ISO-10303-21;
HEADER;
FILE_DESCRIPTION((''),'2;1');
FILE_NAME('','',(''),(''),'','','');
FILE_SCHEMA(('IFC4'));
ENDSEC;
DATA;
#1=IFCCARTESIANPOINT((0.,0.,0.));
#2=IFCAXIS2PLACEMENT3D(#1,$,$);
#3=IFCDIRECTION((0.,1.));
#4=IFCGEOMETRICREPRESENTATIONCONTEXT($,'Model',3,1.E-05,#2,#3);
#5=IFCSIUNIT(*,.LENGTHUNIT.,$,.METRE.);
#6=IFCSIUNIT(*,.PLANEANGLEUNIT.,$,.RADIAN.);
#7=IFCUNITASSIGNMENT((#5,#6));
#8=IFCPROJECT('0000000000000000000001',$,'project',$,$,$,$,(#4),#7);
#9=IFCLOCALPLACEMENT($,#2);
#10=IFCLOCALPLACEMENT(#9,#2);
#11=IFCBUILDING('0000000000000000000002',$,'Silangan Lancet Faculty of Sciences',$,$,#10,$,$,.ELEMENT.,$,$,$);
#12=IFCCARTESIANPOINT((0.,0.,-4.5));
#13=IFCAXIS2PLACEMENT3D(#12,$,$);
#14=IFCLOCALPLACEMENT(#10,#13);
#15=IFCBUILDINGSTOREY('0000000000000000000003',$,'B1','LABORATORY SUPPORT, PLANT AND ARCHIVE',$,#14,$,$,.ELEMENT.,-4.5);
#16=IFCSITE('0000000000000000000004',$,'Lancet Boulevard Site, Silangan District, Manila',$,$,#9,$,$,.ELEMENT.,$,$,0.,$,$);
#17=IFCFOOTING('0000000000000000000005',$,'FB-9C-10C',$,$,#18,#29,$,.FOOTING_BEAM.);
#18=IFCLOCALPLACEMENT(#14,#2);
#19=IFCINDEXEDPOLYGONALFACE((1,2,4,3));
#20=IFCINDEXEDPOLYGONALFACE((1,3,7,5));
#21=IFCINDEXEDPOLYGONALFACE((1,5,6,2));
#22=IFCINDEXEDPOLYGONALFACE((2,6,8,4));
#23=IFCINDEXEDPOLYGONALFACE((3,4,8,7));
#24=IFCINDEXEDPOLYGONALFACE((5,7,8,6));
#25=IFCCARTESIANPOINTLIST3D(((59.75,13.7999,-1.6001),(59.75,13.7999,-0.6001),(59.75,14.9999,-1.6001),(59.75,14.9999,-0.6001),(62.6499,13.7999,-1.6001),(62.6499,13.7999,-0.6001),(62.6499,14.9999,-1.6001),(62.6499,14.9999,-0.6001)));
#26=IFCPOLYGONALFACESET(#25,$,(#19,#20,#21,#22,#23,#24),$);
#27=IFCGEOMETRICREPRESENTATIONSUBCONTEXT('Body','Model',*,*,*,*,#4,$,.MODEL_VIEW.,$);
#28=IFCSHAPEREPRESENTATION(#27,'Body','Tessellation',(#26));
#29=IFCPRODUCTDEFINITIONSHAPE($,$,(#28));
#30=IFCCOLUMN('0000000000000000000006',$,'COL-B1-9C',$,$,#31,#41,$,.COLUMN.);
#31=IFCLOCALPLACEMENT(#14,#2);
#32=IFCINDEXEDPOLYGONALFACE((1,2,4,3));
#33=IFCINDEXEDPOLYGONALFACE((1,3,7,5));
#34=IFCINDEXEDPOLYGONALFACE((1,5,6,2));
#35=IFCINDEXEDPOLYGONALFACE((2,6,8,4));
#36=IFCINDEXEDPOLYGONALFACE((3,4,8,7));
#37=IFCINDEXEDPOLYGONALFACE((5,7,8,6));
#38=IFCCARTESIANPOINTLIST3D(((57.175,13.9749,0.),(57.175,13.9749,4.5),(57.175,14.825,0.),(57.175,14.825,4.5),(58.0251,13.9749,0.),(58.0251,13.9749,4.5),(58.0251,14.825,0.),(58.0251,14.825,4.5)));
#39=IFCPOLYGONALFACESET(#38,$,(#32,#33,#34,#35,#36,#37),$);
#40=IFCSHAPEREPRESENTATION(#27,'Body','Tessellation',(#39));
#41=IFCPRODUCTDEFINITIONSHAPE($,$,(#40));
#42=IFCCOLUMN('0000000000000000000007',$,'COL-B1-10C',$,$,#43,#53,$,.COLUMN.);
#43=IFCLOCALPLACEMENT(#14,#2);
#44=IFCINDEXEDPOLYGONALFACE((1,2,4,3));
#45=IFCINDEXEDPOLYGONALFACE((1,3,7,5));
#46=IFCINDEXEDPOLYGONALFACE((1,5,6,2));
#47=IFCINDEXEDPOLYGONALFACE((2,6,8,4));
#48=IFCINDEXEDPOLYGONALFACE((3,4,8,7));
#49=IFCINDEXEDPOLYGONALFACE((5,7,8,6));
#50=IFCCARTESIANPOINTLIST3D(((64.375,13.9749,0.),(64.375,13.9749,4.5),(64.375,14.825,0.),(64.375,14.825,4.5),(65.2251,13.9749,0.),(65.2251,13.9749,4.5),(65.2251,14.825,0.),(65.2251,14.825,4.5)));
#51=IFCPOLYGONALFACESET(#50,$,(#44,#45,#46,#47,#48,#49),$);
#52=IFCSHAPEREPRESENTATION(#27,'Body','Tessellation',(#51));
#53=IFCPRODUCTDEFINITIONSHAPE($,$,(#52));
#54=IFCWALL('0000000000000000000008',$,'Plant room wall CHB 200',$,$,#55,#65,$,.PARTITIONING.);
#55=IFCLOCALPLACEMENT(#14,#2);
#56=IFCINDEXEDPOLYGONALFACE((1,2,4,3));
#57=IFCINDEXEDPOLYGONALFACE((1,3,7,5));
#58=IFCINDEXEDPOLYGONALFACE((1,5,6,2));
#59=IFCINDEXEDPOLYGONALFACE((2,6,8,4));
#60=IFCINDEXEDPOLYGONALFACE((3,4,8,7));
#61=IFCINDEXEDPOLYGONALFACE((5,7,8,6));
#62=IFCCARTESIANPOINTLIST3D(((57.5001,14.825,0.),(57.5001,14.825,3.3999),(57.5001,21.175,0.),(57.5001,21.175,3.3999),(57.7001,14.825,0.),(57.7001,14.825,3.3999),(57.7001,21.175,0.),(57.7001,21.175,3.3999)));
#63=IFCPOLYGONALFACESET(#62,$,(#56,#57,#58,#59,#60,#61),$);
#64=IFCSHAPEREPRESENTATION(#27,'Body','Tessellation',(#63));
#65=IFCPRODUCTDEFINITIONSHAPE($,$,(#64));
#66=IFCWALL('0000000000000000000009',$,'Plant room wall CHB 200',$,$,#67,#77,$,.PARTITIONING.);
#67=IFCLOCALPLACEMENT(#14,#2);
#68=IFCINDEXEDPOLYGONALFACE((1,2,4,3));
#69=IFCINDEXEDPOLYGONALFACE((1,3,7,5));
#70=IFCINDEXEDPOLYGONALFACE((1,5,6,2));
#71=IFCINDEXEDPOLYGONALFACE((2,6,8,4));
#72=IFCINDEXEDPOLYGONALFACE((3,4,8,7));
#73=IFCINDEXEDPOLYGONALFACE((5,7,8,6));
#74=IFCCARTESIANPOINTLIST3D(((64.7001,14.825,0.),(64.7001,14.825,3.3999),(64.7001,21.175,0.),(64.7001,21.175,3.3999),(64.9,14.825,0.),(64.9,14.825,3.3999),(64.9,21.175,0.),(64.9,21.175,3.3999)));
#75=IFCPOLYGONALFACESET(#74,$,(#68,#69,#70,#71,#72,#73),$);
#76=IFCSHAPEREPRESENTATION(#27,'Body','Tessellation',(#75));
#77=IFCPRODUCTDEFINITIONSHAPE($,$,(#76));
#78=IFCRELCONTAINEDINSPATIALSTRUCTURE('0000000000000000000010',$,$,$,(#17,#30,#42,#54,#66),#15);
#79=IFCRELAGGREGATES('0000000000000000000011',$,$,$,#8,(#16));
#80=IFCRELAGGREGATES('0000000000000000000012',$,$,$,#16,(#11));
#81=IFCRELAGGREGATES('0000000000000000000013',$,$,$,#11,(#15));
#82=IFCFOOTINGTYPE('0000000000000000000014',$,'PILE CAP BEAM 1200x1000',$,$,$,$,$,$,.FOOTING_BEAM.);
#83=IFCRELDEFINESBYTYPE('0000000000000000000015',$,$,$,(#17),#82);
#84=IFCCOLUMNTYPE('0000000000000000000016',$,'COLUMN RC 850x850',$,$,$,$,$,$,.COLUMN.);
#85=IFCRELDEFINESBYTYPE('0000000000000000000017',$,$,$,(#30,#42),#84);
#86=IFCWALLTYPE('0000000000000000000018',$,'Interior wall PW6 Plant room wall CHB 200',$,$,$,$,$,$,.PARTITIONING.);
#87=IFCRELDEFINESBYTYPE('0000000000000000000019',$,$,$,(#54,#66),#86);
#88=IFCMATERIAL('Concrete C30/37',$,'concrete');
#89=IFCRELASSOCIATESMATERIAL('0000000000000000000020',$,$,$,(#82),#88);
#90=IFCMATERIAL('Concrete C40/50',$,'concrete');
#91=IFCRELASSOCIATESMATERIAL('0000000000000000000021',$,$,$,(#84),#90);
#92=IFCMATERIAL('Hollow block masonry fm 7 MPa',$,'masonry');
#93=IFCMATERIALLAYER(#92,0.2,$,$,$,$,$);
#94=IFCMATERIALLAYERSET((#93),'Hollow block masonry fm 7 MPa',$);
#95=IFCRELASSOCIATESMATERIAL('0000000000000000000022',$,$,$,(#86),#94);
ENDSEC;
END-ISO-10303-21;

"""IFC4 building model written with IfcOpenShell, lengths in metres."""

from ifc_helpers import new_model, si_unit, direction, frame, frame_2d, origin, origin_2d, place, context, subcontext, project, spatial, rectangle, extrude, material, layer, layer_set, material_profile, profile_set, type_object, element, save


model = new_model("IFC4")

# Units and contexts
model_context = context("Model", 3, precision=1e-05, world=origin(), true_north=direction((0.0, 1.0)))
body_context = subcontext(model_context, "Body", "Model", "MODEL_VIEW")
ifc_project = project(units=[si_unit("LENGTHUNIT", "METRE"), si_unit("PLANEANGLEUNIT", "RADIAN")], contexts=[model_context])

# Site, building, storey
site_placement = place(None, origin())
site = spatial("IfcSite", under=ifc_project, at=site_placement, Name="Lancet Boulevard Site, Silangan District, Manila", CompositionType="ELEMENT", RefElevation=0.0)
building_placement = place(site_placement, origin())
building = spatial("IfcBuilding", under=site, at=building_placement, Name="Silangan Lancet Faculty of Sciences", CompositionType="ELEMENT")
storey_placement = place(building_placement, frame((0.0, 0.0, -4.5)))
storey = spatial("IfcBuildingStorey", under=building, at=storey_placement, Name="B1", Description="LABORATORY SUPPORT, PLANT AND ARCHIVE", CompositionType="ELEMENT", Elevation=-4.5)

# Footing
ifc_material_1 = material(Name="Concrete C30/37", Category="concrete")
footing_type_1 = type_object("IfcFootingType", Name="PILE CAP BEAM 1200x1000", PredefinedType="FOOTING_BEAM", material=ifc_material_1)
footing_1_placement = place(storey_placement, frame((61.2, 14.3999, -1.6001), z_axis=(0.0, 0.0, 1.0), x_axis=(1.0, 0.0, 0.0)))
element("IfcFooting", 1, at=footing_1_placement, inside=storey, type_object=footing_type_1, Name="FB-9C-10C", PredefinedType="FOOTING_BEAM", context=body_context, shape_type="SweptSolid", body=[
    extrude(rectangle(XDim=2.8999, YDim=1.2, at=origin_2d()), origin(), (0.0, 0.0, 1.0), 1.0),
])

# Columns
ifc_material_2 = material(Name="Concrete C40/50", Category="concrete")
ifc_material_profile_1 = material_profile(ifc_material_2, rectangle(XDim=0.8501, YDim=0.8501, at=origin_2d()), Name="RC 850x850")
ifc_profile_set_1 = profile_set([ifc_material_profile_1], Name="Concrete C40/50")
column_type = type_object("IfcColumnType", Name="COLUMN RC 850x850", PredefinedType="COLUMN", material=ifc_profile_set_1)
for number, where, z_axis, x_axis, name in (
    (2, (57.6001, 14.3999, 0.0), (0.0, 0.0, 1.0), (1.0, 0.0, 0.0), "COL-B1-9C"),
    (3, (64.8, 14.3999, 0.0), (0.0, 0.0, 1.0), (1.0, 0.0, 0.0), "COL-B1-10C"),
):
    element("IfcColumn", number, at=place(storey_placement, frame(where, z_axis=z_axis, x_axis=x_axis)), inside=storey, type_object=column_type, Name=name, PredefinedType="COLUMN", context=body_context, shape_type="SweptSolid", body=[
        extrude(rectangle(XDim=0.8501, YDim=0.8501, at=origin_2d()), origin(), (0.0, 0.0, 1.0), 4.5),
    ])

# Walls
ifc_material_3 = material(Name="Hollow block masonry fm 7 MPa", Category="masonry")
ifc_layer = layer(ifc_material_3, 0.2)
ifc_layer_set = layer_set([ifc_layer], Name="Hollow block masonry fm 7 MPa")
wall_type = type_object("IfcWallType", Name="Interior wall PW6 Plant room wall CHB 200", PredefinedType="PARTITIONING", material=ifc_layer_set)
for number, where, z_axis, x_axis, name in (
    (4, (57.6001, 14.825, 0.0), (0.0, 0.0, 1.0), (0.0, 1.0, 0.0), "Plant room wall CHB 200"),
    (5, (64.8, 14.825, 0.0), (0.0, 0.0, 1.0), (0.0, 1.0, 0.0), "Plant room wall CHB 200"),
):
    element("IfcWall", number, at=place(storey_placement, frame(where, z_axis=z_axis, x_axis=x_axis)), inside=storey, type_object=wall_type, Name=name, PredefinedType="PARTITIONING", context=body_context, shape_type="SweptSolid", body=[
        extrude(rectangle(XDim=6.3501, YDim=0.2, at=frame_2d((3.175, 0.0))), origin(), (0.0, 0.0, 1.0), 3.3999),
    ])

save(model, "model.ifc")
